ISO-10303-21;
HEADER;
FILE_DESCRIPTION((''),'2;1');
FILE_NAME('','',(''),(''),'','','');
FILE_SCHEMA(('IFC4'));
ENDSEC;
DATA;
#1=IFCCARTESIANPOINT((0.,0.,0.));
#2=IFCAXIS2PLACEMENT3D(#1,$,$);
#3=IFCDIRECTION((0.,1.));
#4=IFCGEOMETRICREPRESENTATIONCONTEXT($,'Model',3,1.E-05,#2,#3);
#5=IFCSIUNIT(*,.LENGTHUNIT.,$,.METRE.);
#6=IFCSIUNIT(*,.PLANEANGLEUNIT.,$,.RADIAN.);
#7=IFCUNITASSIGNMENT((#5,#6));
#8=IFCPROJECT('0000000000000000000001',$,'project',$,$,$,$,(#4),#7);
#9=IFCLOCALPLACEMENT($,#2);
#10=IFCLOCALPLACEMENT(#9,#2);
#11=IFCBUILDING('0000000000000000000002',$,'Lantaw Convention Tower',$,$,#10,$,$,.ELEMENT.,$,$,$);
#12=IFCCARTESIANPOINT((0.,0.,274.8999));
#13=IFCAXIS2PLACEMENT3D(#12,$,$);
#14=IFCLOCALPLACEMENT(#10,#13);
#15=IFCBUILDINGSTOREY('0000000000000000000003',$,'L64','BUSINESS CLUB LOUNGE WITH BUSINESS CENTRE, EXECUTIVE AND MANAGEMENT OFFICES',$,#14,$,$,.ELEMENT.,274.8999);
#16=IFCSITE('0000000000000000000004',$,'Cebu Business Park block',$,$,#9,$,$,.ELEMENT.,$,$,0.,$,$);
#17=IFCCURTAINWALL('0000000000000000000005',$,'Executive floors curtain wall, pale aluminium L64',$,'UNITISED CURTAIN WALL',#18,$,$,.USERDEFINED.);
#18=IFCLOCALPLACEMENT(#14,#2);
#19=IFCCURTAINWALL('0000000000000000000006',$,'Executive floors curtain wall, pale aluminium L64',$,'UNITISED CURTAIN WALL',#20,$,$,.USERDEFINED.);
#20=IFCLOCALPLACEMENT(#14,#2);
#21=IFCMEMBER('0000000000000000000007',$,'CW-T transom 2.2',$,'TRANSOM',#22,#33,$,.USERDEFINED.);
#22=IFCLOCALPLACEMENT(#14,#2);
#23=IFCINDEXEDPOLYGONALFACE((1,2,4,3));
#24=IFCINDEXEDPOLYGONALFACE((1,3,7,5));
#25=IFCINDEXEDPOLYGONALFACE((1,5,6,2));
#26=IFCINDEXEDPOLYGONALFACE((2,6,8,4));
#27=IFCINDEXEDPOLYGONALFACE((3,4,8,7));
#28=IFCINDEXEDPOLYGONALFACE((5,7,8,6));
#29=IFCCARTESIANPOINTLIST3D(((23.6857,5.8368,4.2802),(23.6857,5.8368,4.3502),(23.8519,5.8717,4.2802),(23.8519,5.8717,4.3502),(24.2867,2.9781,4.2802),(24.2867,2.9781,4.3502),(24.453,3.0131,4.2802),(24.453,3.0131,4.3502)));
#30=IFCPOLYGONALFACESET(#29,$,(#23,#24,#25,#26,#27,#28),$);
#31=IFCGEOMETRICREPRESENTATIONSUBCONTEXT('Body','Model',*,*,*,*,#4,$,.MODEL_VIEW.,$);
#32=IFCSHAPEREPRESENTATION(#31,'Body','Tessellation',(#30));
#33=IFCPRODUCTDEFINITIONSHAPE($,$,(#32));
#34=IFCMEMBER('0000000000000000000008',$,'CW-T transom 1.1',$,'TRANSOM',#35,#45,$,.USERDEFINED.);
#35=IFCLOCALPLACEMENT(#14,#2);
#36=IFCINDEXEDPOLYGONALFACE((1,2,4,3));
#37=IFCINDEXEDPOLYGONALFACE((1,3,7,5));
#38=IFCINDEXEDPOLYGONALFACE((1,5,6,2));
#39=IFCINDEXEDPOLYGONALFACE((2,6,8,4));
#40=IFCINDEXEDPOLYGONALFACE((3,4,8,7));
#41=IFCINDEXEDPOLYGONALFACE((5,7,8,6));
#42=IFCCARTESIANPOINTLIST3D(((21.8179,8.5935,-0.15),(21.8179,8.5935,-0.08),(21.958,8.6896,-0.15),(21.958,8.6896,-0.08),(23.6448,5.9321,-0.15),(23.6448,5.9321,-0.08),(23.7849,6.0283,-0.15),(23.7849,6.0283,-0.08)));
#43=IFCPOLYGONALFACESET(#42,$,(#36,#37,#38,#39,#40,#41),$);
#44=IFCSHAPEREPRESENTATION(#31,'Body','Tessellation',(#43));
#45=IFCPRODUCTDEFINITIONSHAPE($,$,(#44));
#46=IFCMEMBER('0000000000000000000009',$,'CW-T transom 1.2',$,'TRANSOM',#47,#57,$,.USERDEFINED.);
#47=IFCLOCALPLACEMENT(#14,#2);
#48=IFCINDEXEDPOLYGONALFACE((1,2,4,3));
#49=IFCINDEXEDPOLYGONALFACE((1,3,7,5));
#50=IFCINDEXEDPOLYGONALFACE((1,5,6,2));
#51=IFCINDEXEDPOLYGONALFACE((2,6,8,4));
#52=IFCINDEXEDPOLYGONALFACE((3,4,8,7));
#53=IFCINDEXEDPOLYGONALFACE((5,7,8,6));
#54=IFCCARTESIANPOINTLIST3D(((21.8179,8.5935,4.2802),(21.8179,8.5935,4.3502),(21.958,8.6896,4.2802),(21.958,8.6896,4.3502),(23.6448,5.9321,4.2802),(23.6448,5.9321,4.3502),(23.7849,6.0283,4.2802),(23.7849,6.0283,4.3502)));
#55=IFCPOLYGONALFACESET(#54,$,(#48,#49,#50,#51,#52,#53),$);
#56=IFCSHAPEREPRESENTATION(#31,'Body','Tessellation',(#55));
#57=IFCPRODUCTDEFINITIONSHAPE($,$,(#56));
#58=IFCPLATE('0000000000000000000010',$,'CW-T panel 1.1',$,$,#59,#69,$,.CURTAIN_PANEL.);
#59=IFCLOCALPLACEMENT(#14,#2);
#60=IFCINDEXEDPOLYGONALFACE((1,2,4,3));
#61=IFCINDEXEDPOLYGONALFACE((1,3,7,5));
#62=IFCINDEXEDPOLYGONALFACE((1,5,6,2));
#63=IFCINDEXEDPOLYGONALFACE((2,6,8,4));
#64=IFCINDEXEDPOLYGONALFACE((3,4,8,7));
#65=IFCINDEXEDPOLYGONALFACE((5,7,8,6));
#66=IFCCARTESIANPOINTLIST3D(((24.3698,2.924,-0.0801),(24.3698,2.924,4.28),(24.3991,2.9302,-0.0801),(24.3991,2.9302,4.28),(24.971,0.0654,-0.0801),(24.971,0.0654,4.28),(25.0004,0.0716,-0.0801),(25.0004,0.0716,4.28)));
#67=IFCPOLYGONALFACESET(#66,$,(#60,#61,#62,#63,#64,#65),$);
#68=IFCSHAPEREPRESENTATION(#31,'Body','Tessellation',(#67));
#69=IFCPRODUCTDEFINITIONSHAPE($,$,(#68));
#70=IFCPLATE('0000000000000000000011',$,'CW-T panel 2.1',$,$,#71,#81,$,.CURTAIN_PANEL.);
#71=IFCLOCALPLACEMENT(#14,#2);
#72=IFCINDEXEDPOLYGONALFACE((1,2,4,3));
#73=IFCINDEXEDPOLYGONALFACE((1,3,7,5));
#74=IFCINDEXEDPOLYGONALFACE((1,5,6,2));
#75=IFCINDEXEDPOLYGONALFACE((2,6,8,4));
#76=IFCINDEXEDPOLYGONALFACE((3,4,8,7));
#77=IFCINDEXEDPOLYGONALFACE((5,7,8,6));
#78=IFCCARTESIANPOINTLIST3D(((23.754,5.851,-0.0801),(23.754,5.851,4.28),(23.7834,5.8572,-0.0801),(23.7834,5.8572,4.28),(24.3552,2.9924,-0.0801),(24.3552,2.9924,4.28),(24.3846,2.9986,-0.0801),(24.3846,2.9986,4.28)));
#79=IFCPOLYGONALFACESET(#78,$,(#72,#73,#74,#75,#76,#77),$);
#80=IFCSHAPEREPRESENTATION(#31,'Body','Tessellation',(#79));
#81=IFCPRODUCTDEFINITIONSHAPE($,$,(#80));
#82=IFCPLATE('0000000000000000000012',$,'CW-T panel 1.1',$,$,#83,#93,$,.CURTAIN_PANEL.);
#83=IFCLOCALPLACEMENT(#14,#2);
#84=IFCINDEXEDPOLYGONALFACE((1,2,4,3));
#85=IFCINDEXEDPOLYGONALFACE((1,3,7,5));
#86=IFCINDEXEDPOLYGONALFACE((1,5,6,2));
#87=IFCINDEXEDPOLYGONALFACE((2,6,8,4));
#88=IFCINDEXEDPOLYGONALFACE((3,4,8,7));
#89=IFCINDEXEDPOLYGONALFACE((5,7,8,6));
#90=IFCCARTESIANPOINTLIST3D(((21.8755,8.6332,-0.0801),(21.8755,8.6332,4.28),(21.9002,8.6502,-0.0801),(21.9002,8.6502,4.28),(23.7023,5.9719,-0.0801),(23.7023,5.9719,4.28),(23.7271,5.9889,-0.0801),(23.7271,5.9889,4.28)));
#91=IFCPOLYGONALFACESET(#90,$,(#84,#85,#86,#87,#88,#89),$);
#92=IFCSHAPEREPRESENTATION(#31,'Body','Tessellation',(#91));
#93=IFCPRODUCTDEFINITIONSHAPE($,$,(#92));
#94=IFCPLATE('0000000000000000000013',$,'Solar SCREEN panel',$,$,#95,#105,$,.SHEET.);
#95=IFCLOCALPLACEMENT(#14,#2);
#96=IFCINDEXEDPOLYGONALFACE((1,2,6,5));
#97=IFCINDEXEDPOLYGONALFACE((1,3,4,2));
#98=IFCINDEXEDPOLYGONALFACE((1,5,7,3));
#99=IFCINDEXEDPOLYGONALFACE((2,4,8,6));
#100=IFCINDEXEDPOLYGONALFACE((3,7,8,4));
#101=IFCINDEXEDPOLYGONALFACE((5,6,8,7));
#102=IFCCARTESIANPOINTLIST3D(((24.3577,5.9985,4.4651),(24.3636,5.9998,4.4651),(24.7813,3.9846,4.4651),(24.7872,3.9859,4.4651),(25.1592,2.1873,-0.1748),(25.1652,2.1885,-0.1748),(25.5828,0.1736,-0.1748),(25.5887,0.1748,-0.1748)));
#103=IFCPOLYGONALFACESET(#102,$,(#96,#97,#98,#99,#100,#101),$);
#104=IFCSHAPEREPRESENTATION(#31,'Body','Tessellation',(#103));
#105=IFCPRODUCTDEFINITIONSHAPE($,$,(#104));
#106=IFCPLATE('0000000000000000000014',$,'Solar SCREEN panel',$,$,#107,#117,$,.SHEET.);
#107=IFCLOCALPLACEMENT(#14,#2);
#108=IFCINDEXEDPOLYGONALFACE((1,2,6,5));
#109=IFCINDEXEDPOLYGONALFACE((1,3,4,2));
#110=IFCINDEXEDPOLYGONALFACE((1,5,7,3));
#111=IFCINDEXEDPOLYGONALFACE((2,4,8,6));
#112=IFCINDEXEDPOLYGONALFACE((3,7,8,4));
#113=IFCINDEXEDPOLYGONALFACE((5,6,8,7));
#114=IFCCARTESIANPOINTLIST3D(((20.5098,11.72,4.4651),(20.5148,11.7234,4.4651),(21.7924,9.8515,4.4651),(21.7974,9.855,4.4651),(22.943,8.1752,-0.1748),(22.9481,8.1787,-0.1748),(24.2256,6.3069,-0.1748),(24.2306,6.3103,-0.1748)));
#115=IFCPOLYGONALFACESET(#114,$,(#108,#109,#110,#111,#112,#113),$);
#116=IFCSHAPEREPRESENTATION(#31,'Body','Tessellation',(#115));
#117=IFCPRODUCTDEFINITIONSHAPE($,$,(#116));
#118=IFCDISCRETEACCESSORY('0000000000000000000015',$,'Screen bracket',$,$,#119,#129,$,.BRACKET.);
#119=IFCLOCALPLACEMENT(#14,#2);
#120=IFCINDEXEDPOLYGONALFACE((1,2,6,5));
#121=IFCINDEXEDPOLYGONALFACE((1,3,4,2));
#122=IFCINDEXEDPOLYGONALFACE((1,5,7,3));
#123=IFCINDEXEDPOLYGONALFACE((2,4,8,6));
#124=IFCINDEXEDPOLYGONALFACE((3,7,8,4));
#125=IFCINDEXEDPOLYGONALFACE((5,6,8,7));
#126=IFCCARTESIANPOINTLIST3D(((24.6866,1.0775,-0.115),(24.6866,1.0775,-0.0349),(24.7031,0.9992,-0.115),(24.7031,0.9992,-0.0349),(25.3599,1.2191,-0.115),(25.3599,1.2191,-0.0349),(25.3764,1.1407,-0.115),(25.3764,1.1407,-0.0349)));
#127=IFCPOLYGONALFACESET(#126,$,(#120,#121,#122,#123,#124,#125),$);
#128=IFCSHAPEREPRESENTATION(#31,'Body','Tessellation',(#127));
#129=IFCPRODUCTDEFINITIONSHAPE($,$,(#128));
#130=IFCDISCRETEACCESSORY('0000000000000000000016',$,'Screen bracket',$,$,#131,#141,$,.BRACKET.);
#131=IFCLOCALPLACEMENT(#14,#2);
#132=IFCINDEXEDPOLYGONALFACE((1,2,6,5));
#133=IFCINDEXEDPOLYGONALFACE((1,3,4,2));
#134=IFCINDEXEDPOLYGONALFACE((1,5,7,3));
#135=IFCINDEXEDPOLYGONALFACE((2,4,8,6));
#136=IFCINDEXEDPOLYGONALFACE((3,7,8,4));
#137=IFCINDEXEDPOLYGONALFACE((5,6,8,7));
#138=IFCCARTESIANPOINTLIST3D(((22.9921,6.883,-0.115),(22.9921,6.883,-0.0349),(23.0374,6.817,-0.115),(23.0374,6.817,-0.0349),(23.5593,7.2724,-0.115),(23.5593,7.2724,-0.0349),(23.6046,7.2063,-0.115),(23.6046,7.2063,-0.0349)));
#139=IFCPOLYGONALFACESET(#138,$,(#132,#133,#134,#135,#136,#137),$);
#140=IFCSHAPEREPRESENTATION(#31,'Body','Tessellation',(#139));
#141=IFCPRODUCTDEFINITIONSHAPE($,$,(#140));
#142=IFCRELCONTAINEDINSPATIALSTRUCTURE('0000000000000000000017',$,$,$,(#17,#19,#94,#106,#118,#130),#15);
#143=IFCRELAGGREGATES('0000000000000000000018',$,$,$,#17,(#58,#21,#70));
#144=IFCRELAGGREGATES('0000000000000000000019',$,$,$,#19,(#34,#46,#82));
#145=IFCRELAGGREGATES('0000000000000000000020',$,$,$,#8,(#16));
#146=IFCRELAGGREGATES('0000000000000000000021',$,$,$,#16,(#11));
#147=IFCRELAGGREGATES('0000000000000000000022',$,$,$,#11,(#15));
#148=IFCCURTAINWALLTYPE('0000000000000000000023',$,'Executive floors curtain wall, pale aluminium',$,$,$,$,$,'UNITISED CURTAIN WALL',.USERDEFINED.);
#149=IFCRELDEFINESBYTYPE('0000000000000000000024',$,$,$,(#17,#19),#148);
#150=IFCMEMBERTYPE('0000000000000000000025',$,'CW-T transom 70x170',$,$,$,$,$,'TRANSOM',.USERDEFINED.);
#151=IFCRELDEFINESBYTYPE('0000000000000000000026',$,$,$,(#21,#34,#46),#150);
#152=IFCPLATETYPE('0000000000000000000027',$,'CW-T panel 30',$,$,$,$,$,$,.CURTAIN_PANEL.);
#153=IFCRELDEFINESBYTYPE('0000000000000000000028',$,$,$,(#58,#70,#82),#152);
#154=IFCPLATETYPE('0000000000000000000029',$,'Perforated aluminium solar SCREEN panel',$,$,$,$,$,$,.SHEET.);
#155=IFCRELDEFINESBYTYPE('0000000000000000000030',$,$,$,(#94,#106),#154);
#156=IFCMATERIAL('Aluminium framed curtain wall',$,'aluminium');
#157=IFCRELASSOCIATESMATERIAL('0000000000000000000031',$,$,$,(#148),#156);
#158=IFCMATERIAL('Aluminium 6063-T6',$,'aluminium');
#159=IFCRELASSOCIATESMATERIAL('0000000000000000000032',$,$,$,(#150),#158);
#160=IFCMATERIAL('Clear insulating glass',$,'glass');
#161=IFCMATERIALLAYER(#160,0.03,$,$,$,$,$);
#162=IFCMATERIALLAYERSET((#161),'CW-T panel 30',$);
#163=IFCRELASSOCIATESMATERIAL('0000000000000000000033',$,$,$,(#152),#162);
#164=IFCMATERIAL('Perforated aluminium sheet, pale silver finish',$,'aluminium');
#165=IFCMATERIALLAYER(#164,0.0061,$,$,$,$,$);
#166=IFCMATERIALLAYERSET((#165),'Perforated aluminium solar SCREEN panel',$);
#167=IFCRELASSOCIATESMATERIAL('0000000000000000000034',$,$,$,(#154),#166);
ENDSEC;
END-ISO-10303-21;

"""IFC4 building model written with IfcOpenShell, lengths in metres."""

from ifc_helpers import new_model, si_unit, direction, frame, origin, origin_2d, place, context, subcontext, project, spatial, polyline, rectangle, outline, extrude, material, layer, layer_set, material_profile, profile_set, type_object, element, aggregate, save


model = new_model("IFC4")

# Units and contexts
model_context = context("Model", 3, precision=1e-05, world=origin(), true_north=direction((0.0, 1.0)))
body_context = subcontext(model_context, "Body", "Model", "MODEL_VIEW")
ifc_project = project(units=[si_unit("LENGTHUNIT", "METRE"), si_unit("PLANEANGLEUNIT", "RADIAN")], contexts=[model_context])

# Site, building, storey
site_placement = place(None, origin())
site = spatial("IfcSite", under=ifc_project, at=site_placement, Name="Cebu Business Park block", CompositionType="ELEMENT", RefElevation=0.0)
building_placement = place(site_placement, origin())
building = spatial("IfcBuilding", under=site, at=building_placement, Name="Lantaw Convention Tower", CompositionType="ELEMENT")
storey_placement = place(building_placement, frame((0.0, 0.0, 274.8999)))
storey = spatial("IfcBuildingStorey", under=building, at=storey_placement, Name="L64", Description="BUSINESS CLUB LOUNGE WITH BUSINESS CENTRE, EXECUTIVE AND MANAGEMENT OFFICES", CompositionType="ELEMENT", Elevation=274.8999)

# Curtain wall
ifc_material_1 = material(Name="Aluminium framed curtain wall", Category="aluminium")
curtain_wall_type = type_object("IfcCurtainWallType", Name="Executive floors curtain wall, pale aluminium", ElementType="UNITISED CURTAIN WALL", PredefinedType="USERDEFINED", material=ifc_material_1)
curtain_wall_1_placement = place(storey_placement, origin())
curtain_wall_1 = element("IfcCurtainWall", 1, at=curtain_wall_1_placement, inside=storey, type_object=curtain_wall_type, Name="Executive floors curtain wall, pale aluminium L64", ObjectType="UNITISED CURTAIN WALL", PredefinedType="USERDEFINED")
ifc_material_2 = material(Name="Aluminium 6063-T6", Category="aluminium")

# Curtain wall
curtain_wall_2_placement = place(storey_placement, origin())
curtain_wall_2 = element("IfcCurtainWall", 2, at=curtain_wall_2_placement, inside=storey, type_object=curtain_wall_type, Name="Executive floors curtain wall, pale aluminium L64", ObjectType="UNITISED CURTAIN WALL", PredefinedType="USERDEFINED")

# Members
ifc_material_profile_1 = material_profile(ifc_material_2, rectangle(XDim=0.1699, YDim=0.0701, at=origin_2d()), Name="CW-T transom 70x170")
ifc_profile_set_1 = profile_set([ifc_material_profile_1], Name="Aluminium 6063-T6")
member_type_1 = type_object("IfcMemberType", Name="CW-T transom 70x170", ElementType="TRANSOM", PredefinedType="USERDEFINED", material=ifc_profile_set_1)
member_1_placement = place(storey_placement, frame((24.3699, 2.9956, 4.3152), z_axis=(-0.205766, 0.978601, 0.0), x_axis=(-0.978601, -0.205766, 0.0)))
member_1 = element("IfcMember", 3, at=member_1_placement, type_object=member_type_1, Name="CW-T transom 2.2", ObjectType="TRANSOM", PredefinedType="USERDEFINED", context=body_context, shape_type="SweptSolid", body=[
    extrude(rectangle(XDim=0.1699, YDim=0.0701, at=origin_2d()), origin(), (0.0, 0.0, 1.0), 2.9211),
])
member_2_placement = place(storey_placement, frame((23.7148, 5.9802, -0.115), z_axis=(-0.565941, 0.824446, 0.0), x_axis=(-0.824446, -0.565941, 0.0)))
member_2 = element("IfcMember", 4, at=member_2_placement, type_object=member_type_1, Name="CW-T transom 1.1", ObjectType="TRANSOM", PredefinedType="USERDEFINED", context=body_context, shape_type="SweptSolid", body=[
    extrude(rectangle(XDim=0.1699, YDim=0.0701, at=origin_2d()), origin(), (0.0, 0.0, 1.0), 3.228),
])
member_3_placement = place(storey_placement, frame((23.7148, 5.9802, 4.3152), z_axis=(-0.565941, 0.824446, 0.0), x_axis=(-0.824446, -0.565941, 0.0)))
member_3 = element("IfcMember", 5, at=member_3_placement, type_object=member_type_1, Name="CW-T transom 1.2", ObjectType="TRANSOM", PredefinedType="USERDEFINED", context=body_context, shape_type="SweptSolid", body=[
    extrude(rectangle(XDim=0.1699, YDim=0.0701, at=origin_2d()), origin(), (0.0, 0.0, 1.0), 3.228),
])

# Plates
ifc_material_3 = material(Name="Clear insulating glass", Category="glass")
ifc_layer_1 = layer(ifc_material_3, 0.03)
ifc_layer_set_1 = layer_set([ifc_layer_1], Name="CW-T panel 30")
plate_type_1 = type_object("IfcPlateType", Name="CW-T panel 30", PredefinedType="CURTAIN_PANEL", material=ifc_layer_set_1)
plate_1_placement = place(storey_placement, frame((24.6851, 1.4978, -0.0801), z_axis=(0.0, 0.0, 1.0), x_axis=(-0.205814, 0.978591, 0.0)))
plate_1 = element("IfcPlate", 6, at=plate_1_placement, type_object=plate_type_1, Name="CW-T panel 1.1", PredefinedType="CURTAIN_PANEL", context=body_context, shape_type="SweptSolid", body=[
    extrude(rectangle(XDim=2.9211, YDim=0.03, at=origin_2d()), origin(), (0.0, 0.0, 1.0), 4.3601),
])
plate_2_placement = place(storey_placement, frame((24.0693, 4.4248, -0.0801), z_axis=(0.0, 0.0, 1.0), x_axis=(-0.205814, 0.978591, 0.0)))
plate_2 = element("IfcPlate", 7, at=plate_2_placement, type_object=plate_type_1, Name="CW-T panel 2.1", PredefinedType="CURTAIN_PANEL", context=body_context, shape_type="SweptSolid", body=[
    extrude(rectangle(XDim=2.9211, YDim=0.03, at=origin_2d()), origin(), (0.0, 0.0, 1.0), 4.3601),
])
aggregate(curtain_wall_1, [plate_1, member_1, plate_2])
plate_3_placement = place(storey_placement, frame((22.8013, 7.311, -0.0801), z_axis=(0.0, 0.0, 1.0), x_axis=(-0.565935, 0.82445, 0.0)))
plate_3 = element("IfcPlate", 8, at=plate_3_placement, type_object=plate_type_1, Name="CW-T panel 1.1", PredefinedType="CURTAIN_PANEL", context=body_context, shape_type="SweptSolid", body=[
    extrude(rectangle(XDim=3.228, YDim=0.03, at=origin_2d()), origin(), (0.0, 0.0, 1.0), 4.3601),
])
aggregate(curtain_wall_2, [member_2, member_3, plate_3])

# Plates
ifc_material_4 = material(Name="Perforated aluminium sheet, pale silver finish", Category="aluminium")
ifc_layer_2 = layer(ifc_material_4, 0.0061)
ifc_layer_set_2 = layer_set([ifc_layer_2], Name="Perforated aluminium solar SCREEN panel")
plate_type_2 = type_object("IfcPlateType", Name="Perforated aluminium solar SCREEN panel", PredefinedType="SHEET", material=ifc_layer_set_2)
plate_4_placement = place(storey_placement, frame((25.5828, 0.1736, -0.1748), z_axis=(-0.978586, -0.205837, 0.000027), x_axis=(-0.205837, 0.978586, 0.0)))
element("IfcPlate", 9, at=plate_4_placement, inside=storey, type_object=plate_type_2, Name="Solar SCREEN panel", PredefinedType="SHEET", context=body_context, shape_type="SweptSolid", body=[
    extrude(outline(polyline([(0.0, 0.0), (2.0577, 0.0), (5.9524, -4.6399), (3.8944, -4.6399), (0.0, 0.0)])), origin(), (0.0, 0.0, -1.0), 0.0061),
])
plate_5_placement = place(storey_placement, frame((24.2256, 6.3069, -0.1748), z_axis=(-0.824441, -0.565948, 0.000011), x_axis=(-0.565948, 0.824441, 0.0)))
element("IfcPlate", 10, at=plate_5_placement, inside=storey, type_object=plate_type_2, Name="Solar SCREEN panel", PredefinedType="SHEET", context=body_context, shape_type="SweptSolid", body=[
    extrude(outline(polyline([(0.0, 0.0), (2.2662, 0.0), (6.5657, -4.6399), (4.2994, -4.6399), (0.0, 0.0)])), origin(), (0.0, 0.0, -1.0), 0.0061),
])

# Discrete accessories
for number, where, z_axis, x_axis, name in (
    (11, (25.0315, 1.1091, -0.115), (0.0, 0.0, 1.0), (-0.205814, 0.978591, 0.0), "Screen bracket"),
    (12, (23.2983, 7.0447, -0.115), (0.0, 0.0, 1.0), (-0.565935, 0.82445, 0.0), "Screen bracket"),
):
    element("IfcDiscreteAccessory", number, at=place(storey_placement, frame(where, z_axis=z_axis, x_axis=x_axis)), inside=storey, Name=name, PredefinedType="BRACKET", context=body_context, shape_type="SweptSolid", body=[
        extrude(rectangle(XDim=0.0801, YDim=0.688, at=origin_2d()), origin(), (0.0, 0.0, 1.0), 0.0801),
    ])

save(model, "model.ifc")
